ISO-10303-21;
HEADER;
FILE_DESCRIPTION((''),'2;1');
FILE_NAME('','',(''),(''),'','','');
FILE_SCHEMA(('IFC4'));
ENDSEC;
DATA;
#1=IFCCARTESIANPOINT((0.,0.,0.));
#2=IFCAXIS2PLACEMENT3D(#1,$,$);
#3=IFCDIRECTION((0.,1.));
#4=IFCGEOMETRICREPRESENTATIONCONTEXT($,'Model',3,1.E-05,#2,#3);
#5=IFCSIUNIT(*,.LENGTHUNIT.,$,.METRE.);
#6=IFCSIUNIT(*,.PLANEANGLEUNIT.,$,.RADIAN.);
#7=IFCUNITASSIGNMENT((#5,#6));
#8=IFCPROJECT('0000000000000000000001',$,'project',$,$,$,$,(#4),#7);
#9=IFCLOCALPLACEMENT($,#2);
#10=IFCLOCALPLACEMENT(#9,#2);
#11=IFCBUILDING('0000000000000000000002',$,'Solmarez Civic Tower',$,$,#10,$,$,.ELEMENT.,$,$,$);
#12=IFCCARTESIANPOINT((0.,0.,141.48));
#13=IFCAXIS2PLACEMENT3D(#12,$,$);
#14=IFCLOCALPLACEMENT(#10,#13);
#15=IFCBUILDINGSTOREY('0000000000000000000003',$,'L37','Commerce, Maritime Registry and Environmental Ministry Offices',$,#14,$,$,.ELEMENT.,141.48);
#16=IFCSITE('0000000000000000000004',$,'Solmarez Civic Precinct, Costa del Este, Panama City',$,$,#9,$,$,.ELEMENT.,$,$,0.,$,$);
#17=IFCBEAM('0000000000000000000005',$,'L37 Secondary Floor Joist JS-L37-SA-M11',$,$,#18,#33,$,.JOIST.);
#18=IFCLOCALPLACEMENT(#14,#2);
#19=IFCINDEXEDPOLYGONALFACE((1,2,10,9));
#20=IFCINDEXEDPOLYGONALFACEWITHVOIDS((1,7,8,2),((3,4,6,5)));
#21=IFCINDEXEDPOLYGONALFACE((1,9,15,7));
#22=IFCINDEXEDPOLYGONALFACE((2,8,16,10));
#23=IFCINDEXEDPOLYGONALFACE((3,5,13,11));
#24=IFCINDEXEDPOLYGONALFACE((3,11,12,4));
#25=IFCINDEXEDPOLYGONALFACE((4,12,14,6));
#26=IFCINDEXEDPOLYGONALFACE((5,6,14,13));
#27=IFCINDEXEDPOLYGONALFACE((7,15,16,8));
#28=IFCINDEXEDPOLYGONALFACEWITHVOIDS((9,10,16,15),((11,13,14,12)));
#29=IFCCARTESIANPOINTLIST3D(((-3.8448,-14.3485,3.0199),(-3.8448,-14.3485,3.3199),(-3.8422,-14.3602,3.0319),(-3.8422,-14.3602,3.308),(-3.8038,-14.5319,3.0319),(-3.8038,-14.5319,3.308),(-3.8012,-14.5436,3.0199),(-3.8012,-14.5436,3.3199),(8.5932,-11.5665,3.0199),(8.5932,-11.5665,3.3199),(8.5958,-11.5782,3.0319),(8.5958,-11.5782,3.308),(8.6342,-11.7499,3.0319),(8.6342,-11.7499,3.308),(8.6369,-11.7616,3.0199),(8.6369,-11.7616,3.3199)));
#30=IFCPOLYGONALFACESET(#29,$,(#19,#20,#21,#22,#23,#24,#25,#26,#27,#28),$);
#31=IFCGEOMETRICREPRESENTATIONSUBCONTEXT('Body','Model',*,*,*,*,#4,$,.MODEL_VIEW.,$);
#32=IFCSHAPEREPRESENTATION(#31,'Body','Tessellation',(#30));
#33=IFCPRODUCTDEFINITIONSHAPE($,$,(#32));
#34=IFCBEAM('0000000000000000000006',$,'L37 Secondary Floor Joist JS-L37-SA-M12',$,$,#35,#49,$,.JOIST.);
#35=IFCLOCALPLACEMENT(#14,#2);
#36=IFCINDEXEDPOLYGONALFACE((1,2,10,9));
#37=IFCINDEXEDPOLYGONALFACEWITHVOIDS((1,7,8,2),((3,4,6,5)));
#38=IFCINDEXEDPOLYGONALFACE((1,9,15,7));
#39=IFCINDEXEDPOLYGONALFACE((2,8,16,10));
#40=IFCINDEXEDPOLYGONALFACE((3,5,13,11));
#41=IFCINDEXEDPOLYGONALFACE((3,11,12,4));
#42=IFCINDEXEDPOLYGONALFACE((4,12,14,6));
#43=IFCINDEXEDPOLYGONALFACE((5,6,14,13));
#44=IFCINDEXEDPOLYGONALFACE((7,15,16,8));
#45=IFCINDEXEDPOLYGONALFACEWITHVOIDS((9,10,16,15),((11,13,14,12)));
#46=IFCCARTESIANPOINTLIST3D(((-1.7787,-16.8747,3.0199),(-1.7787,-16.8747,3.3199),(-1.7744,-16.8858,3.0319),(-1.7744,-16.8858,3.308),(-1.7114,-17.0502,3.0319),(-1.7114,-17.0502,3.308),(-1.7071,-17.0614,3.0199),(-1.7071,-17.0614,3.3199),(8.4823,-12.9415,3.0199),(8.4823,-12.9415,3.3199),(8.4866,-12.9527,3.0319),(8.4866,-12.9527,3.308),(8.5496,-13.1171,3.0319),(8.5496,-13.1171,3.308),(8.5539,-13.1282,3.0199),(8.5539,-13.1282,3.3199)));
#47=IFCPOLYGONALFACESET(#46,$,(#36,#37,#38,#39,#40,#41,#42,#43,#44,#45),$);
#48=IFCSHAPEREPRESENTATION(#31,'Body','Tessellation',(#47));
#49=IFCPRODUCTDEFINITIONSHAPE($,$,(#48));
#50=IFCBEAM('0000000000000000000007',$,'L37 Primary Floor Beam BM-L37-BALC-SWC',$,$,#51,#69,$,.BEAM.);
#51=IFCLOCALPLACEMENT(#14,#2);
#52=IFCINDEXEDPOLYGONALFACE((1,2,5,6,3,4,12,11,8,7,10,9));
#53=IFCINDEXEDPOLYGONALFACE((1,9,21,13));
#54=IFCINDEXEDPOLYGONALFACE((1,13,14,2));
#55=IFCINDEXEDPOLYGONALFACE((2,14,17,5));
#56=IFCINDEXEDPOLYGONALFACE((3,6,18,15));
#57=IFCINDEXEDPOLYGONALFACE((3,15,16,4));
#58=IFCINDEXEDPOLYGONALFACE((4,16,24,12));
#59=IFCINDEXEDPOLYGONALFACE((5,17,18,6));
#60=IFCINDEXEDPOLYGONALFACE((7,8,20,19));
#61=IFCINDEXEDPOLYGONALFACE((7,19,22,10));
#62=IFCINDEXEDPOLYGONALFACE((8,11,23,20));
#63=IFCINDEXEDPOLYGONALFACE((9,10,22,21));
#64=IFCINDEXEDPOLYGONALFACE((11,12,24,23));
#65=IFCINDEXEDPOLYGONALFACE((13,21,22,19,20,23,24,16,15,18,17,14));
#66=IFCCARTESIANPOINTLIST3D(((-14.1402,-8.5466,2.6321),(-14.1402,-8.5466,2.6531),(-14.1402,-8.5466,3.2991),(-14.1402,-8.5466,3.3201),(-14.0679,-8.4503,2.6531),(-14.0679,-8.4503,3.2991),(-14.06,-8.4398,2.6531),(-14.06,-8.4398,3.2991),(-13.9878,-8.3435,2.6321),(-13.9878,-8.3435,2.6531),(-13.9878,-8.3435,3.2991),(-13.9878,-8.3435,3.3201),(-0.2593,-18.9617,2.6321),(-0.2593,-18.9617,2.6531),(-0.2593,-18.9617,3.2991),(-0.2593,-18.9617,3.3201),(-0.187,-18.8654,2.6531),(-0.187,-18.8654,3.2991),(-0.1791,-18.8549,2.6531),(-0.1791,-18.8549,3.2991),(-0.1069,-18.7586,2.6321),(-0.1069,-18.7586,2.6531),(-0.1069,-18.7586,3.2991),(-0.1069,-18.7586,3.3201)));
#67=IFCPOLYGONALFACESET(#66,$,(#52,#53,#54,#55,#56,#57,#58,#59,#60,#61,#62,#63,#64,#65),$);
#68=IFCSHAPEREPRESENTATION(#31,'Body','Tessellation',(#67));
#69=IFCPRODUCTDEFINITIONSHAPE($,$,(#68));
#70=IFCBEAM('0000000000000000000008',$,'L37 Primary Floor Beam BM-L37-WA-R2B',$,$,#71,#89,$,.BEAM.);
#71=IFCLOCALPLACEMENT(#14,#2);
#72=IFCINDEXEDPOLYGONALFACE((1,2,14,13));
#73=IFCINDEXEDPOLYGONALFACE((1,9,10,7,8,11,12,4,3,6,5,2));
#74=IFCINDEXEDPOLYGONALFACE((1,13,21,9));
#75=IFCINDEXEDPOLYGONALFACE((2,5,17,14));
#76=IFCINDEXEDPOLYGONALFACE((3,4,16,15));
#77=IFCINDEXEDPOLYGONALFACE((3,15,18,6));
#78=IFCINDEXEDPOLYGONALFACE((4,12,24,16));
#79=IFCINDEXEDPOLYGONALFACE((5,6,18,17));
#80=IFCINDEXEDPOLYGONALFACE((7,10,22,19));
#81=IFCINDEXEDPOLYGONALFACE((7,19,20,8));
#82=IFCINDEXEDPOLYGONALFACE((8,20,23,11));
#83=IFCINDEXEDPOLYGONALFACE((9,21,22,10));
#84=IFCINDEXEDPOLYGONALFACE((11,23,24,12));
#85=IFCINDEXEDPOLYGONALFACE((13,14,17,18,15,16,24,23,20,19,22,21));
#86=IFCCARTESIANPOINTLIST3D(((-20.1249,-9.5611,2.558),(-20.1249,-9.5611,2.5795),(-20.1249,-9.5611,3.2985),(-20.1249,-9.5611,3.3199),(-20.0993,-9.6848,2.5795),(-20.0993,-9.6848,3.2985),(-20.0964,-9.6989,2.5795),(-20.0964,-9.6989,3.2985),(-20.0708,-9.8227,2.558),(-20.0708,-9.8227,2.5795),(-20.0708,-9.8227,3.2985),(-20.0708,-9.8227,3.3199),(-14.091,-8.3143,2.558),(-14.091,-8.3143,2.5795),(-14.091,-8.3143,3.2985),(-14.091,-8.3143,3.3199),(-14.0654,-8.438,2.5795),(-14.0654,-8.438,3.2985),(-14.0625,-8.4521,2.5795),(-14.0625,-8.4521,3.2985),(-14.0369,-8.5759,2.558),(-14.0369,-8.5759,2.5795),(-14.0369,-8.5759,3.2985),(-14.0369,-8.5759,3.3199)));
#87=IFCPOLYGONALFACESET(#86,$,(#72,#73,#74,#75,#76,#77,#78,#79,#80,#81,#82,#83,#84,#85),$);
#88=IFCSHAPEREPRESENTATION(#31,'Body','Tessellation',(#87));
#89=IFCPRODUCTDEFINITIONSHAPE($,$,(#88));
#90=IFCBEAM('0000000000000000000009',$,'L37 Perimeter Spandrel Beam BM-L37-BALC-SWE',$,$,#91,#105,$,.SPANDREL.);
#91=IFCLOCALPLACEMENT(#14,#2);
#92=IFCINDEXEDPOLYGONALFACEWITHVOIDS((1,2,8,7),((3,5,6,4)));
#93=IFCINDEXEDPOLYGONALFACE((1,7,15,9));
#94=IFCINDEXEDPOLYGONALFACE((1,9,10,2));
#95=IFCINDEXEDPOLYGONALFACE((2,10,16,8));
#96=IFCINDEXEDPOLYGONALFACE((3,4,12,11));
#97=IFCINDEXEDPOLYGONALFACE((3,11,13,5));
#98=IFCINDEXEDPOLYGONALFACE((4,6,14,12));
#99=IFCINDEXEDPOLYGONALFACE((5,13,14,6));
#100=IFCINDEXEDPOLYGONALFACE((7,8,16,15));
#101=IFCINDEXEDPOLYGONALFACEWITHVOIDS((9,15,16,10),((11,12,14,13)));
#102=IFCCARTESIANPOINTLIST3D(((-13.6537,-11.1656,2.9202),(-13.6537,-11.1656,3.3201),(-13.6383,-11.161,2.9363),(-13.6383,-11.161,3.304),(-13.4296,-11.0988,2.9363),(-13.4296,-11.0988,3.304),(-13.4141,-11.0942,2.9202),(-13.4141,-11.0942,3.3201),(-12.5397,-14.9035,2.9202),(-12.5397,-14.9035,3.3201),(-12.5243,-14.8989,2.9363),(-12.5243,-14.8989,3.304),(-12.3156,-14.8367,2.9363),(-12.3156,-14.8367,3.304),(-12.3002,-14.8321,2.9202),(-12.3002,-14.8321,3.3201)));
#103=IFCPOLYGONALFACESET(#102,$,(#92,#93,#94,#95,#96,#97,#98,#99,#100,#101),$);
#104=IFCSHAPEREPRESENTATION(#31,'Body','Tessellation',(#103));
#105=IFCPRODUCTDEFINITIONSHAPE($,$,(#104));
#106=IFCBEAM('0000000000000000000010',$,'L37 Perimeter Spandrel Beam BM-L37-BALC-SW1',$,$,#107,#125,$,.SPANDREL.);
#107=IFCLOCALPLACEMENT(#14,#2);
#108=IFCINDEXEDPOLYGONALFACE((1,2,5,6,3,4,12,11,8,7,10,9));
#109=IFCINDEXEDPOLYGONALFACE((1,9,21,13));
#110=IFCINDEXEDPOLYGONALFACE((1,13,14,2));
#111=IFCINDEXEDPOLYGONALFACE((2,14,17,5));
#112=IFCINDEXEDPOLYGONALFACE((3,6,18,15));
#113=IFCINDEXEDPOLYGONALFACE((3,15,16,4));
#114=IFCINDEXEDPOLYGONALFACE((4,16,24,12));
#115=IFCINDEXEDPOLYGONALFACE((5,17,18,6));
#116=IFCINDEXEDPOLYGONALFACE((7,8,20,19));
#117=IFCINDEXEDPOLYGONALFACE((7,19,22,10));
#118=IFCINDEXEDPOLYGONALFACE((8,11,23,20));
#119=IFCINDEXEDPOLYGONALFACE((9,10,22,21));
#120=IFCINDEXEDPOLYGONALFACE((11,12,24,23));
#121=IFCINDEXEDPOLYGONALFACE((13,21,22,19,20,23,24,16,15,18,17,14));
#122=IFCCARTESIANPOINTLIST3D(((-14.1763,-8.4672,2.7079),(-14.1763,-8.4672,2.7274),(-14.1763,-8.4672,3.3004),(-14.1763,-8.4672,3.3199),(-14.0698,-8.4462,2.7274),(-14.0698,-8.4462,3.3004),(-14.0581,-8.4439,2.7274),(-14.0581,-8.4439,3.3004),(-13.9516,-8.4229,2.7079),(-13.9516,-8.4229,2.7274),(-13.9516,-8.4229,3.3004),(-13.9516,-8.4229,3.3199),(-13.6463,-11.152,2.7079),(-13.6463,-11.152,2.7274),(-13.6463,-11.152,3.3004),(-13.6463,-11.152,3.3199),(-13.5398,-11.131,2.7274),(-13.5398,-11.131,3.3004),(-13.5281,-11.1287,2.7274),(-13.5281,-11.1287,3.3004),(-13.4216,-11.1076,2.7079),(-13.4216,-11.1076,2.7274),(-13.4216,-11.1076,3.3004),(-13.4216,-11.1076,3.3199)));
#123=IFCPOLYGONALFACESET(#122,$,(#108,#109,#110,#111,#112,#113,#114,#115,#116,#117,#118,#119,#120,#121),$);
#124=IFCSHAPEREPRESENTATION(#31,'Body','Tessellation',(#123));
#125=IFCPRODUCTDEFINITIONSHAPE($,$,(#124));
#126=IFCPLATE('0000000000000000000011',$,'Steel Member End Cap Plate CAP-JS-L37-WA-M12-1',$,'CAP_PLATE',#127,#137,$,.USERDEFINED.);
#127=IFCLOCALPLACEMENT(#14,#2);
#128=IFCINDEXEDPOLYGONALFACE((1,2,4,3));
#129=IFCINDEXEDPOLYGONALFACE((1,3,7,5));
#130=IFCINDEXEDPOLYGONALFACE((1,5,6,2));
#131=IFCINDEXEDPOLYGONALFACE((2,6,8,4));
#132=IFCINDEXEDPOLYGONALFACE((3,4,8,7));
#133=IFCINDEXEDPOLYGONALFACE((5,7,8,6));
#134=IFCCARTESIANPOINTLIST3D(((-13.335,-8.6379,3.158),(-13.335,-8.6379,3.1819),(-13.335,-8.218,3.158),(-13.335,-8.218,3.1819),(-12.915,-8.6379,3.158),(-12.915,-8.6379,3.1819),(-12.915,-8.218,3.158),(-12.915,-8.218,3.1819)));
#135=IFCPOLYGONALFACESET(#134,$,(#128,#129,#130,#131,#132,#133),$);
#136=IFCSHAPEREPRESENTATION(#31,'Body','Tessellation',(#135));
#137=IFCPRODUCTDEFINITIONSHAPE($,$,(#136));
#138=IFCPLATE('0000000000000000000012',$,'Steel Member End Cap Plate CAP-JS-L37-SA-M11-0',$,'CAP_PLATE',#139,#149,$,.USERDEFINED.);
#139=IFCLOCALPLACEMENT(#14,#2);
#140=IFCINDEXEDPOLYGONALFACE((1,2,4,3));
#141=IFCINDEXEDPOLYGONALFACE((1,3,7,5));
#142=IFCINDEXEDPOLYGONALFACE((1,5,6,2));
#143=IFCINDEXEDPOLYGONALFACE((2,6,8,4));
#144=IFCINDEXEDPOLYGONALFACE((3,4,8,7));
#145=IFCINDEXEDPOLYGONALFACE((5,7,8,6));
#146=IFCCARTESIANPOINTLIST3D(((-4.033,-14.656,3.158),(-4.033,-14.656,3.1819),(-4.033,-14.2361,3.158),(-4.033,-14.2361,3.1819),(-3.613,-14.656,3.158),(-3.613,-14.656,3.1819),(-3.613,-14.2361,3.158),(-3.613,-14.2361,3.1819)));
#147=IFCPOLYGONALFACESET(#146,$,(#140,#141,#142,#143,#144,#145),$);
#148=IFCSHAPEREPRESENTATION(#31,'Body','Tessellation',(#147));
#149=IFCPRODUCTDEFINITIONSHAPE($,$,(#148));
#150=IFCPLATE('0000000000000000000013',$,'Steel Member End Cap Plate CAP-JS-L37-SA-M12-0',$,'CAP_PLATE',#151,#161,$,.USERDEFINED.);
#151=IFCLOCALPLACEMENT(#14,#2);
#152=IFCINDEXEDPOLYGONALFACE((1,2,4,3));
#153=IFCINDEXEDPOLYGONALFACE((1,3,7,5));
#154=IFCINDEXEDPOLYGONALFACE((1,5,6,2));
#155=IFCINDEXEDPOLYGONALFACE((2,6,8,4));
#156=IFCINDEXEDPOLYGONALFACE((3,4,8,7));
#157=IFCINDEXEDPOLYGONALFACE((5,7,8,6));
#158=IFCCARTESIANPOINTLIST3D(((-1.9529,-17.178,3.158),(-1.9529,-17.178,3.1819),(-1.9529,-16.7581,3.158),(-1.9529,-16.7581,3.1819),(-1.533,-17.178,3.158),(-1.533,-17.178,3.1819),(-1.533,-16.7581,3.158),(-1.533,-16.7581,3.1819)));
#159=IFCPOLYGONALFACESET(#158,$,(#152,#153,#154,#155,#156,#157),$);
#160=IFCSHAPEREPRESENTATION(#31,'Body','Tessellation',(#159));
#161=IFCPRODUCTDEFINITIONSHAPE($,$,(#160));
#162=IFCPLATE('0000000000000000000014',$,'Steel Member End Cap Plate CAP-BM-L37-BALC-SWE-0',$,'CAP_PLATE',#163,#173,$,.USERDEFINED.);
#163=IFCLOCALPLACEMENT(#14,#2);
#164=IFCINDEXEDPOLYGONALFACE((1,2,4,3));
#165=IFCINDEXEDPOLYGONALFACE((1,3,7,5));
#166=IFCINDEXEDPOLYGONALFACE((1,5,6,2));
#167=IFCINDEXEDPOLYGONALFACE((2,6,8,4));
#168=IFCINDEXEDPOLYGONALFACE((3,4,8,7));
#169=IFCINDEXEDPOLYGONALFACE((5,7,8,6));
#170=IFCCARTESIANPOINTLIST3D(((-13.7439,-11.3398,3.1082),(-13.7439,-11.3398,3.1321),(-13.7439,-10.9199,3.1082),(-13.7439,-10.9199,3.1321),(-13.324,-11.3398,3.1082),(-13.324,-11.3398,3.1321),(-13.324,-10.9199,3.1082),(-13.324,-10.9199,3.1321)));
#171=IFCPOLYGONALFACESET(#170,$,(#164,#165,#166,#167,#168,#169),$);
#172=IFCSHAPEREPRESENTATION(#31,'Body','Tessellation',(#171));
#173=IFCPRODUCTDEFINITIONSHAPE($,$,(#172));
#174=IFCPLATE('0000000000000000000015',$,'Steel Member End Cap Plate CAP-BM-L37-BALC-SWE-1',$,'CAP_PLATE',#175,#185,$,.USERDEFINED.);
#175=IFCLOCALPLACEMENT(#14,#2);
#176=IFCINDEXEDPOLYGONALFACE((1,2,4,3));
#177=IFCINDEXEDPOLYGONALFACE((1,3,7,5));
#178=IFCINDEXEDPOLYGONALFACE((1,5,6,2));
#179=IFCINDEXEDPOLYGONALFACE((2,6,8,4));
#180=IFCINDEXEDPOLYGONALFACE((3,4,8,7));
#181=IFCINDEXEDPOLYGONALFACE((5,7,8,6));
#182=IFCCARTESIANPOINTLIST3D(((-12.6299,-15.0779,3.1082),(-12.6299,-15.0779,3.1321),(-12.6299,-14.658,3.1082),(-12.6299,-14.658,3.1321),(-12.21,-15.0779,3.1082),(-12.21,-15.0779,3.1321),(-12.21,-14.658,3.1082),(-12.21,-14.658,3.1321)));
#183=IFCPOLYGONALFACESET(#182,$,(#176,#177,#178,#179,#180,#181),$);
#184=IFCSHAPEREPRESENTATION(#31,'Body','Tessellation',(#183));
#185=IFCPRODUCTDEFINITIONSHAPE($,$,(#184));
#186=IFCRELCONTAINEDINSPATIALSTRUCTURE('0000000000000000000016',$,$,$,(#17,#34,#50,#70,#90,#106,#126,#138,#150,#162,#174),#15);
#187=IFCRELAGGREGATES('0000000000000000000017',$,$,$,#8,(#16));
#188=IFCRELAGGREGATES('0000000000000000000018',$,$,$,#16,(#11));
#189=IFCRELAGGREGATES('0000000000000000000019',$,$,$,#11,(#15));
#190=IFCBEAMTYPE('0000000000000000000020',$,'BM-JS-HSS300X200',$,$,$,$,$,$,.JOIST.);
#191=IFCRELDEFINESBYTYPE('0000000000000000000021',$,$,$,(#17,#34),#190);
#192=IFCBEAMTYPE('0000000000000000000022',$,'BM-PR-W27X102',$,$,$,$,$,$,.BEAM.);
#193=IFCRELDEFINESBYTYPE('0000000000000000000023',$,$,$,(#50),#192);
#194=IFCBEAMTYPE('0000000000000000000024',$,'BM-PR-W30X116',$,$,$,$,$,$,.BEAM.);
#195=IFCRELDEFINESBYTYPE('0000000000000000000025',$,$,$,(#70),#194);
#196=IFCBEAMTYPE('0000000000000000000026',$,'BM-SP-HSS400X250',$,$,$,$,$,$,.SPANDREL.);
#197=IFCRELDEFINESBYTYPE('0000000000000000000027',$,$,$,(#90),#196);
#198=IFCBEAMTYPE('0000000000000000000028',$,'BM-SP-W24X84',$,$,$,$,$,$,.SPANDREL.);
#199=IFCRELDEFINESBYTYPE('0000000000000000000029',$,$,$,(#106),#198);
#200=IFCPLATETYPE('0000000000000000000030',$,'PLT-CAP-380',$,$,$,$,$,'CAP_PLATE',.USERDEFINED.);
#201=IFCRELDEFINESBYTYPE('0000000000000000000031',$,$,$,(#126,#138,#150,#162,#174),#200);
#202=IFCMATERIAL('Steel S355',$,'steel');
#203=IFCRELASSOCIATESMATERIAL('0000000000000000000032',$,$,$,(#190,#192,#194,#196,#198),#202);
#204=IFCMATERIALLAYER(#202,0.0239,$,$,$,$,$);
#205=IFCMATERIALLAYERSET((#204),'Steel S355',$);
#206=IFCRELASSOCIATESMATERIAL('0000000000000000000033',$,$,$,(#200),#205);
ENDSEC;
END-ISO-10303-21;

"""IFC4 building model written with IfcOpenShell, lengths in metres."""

from ifc_helpers import new_model, si_unit, direction, frame, origin, origin_2d, place, context, subcontext, project, spatial, rectangle, hollow_rectangle, i_section, extrude, material, layer, layer_set, material_profile, profile_set, type_object, element, save


model = new_model("IFC4")

# Units and contexts
model_context = context("Model", 3, precision=1e-05, world=origin(), true_north=direction((0.0, 1.0)))
body_context = subcontext(model_context, "Body", "Model", "MODEL_VIEW")
ifc_project = project(units=[si_unit("LENGTHUNIT", "METRE"), si_unit("PLANEANGLEUNIT", "RADIAN")], contexts=[model_context])

# Site, building, storey
site_placement = place(None, origin())
site = spatial("IfcSite", under=ifc_project, at=site_placement, Name="Solmarez Civic Precinct, Costa del Este, Panama City", CompositionType="ELEMENT", RefElevation=0.0)
building_placement = place(site_placement, origin())
building = spatial("IfcBuilding", under=site, at=building_placement, Name="Solmarez Civic Tower", CompositionType="ELEMENT")
storey_placement = place(building_placement, frame((0.0, 0.0, 141.48)))
storey = spatial("IfcBuildingStorey", under=building, at=storey_placement, Name="L37", Description="Commerce, Maritime Registry and Environmental Ministry Offices", CompositionType="ELEMENT", Elevation=141.48)

# Beams
ifc_material_1 = material(Name="Steel S355", Category="steel")
ifc_material_profile_1 = material_profile(ifc_material_1, hollow_rectangle(XDim=0.2, YDim=0.3, WallThickness=0.012, at=origin_2d()), Name="HSS300X200X12")
ifc_profile_set_1 = profile_set([ifc_material_profile_1], Name="Steel S355")
beam_type_1 = type_object("IfcBeamType", Name="BM-JS-HSS300X200", PredefinedType="JOIST", material=ifc_profile_set_1)
beam_1_placement = place(storey_placement, frame((-3.823, -14.446, 3.1699), z_axis=(0.975887, 0.218275, 0.0), x_axis=(-0.218275, 0.975887, 0.0)))
element("IfcBeam", 1, at=beam_1_placement, inside=storey, type_object=beam_type_1, Name="L37 Secondary Floor Joist JS-L37-SA-M11", PredefinedType="JOIST", context=body_context, shape_type="SweptSolid", body=[
    extrude(hollow_rectangle(XDim=0.2, YDim=0.3, WallThickness=0.012, at=origin_2d()), origin(), (0.0, 0.0, 1.0), 12.7454),
])
beam_2_placement = place(storey_placement, frame((-1.7429, -16.968, 3.1699), z_axis=(0.933754, 0.357914, 0.0), x_axis=(-0.357914, 0.933754, 0.0)))
element("IfcBeam", 2, at=beam_2_placement, inside=storey, type_object=beam_type_1, Name="L37 Secondary Floor Joist JS-L37-SA-M12", PredefinedType="JOIST", context=body_context, shape_type="SweptSolid", body=[
    extrude(hollow_rectangle(XDim=0.2, YDim=0.3, WallThickness=0.012, at=origin_2d()), origin(), (0.0, 0.0, 1.0), 10.989),
])
ifc_material_profile_2 = material_profile(ifc_material_1, i_section(OverallWidth=0.2539, OverallDepth=0.688, WebThickness=0.0132, FlangeThickness=0.021, at=origin_2d()), Name="W27X102")
ifc_profile_set_2 = profile_set([ifc_material_profile_2], Name="Steel S355")
beam_type_2 = type_object("IfcBeamType", Name="BM-PR-W27X102", PredefinedType="BEAM", material=ifc_profile_set_2)
beam_3_placement = place(storey_placement, frame((-14.064, -8.4451, 2.9761), z_axis=(0.799878, -0.600162, 0.0), x_axis=(0.600162, 0.799878, 0.0)))
element("IfcBeam", 3, at=beam_3_placement, inside=storey, type_object=beam_type_2, Name="L37 Primary Floor Beam BM-L37-BALC-SWC", PredefinedType="BEAM", context=body_context, shape_type="SweptSolid", body=[
    extrude(i_section(OverallWidth=0.2539, OverallDepth=0.688, WebThickness=0.0132, FlangeThickness=0.021, at=origin_2d()), origin(), (0.0, 0.0, 1.0), 17.3538),
])
ifc_material_profile_3 = material_profile(ifc_material_1, i_section(OverallWidth=0.2671, OverallDepth=0.762, WebThickness=0.0144, FlangeThickness=0.0215, at=origin_2d()), Name="W30X116")
ifc_profile_set_3 = profile_set([ifc_material_profile_3], Name="Steel S355")
beam_type_3 = type_object("IfcBeamType", Name="BM-PR-W30X116", PredefinedType="BEAM", material=ifc_profile_set_3)
beam_4_placement = place(storey_placement, frame((-14.064, -8.4451, 2.939), z_axis=(-0.979311, -0.202361, 0.0), x_axis=(0.202361, -0.979311, 0.0)))
element("IfcBeam", 4, at=beam_4_placement, inside=storey, type_object=beam_type_3, Name="L37 Primary Floor Beam BM-L37-WA-R2B", PredefinedType="BEAM", context=body_context, shape_type="SweptSolid", body=[
    extrude(i_section(OverallWidth=0.2671, OverallDepth=0.762, WebThickness=0.0144, FlangeThickness=0.0215, at=origin_2d()), origin(), (0.0, 0.0, 1.0), 6.1614),
])
ifc_material_profile_4 = material_profile(ifc_material_1, hollow_rectangle(XDim=0.25, YDim=0.3999, WallThickness=0.0161, at=origin_2d()), Name="HSS400X250X16")
ifc_profile_set_4 = profile_set([ifc_material_profile_4], Name="Steel S355")
beam_type_4 = type_object("IfcBeamType", Name="BM-SP-HSS400X250", PredefinedType="SPANDREL", material=ifc_profile_set_4)
beam_5_placement = place(storey_placement, frame((-13.5339, -11.1299, 3.1201), z_axis=(0.285607, -0.958347, 0.0), x_axis=(0.958347, 0.285607, 0.0)))
element("IfcBeam", 5, at=beam_5_placement, inside=storey, type_object=beam_type_4, Name="L37 Perimeter Spandrel Beam BM-L37-BALC-SWE", PredefinedType="SPANDREL", context=body_context, shape_type="SweptSolid", body=[
    extrude(hollow_rectangle(XDim=0.25, YDim=0.3999, WallThickness=0.0161, at=origin_2d()), origin(), (0.0, 0.0, 1.0), 3.9004),
])
ifc_material_profile_5 = material_profile(ifc_material_1, i_section(OverallWidth=0.229, OverallDepth=0.6121, WebThickness=0.012, FlangeThickness=0.0195, at=origin_2d()), Name="W24X84")
ifc_profile_set_5 = profile_set([ifc_material_profile_5], Name="Steel S355")
beam_type_5 = type_object("IfcBeamType", Name="BM-SP-W24X84", PredefinedType="SPANDREL", material=ifc_profile_set_5)
beam_6_placement = place(storey_placement, frame((-14.064, -8.4451, 3.0139), z_axis=(0.193679, -0.981065, 0.0), x_axis=(0.981065, 0.193679, 0.0)))
element("IfcBeam", 6, at=beam_6_placement, inside=storey, type_object=beam_type_5, Name="L37 Perimeter Spandrel Beam BM-L37-BALC-SW1", PredefinedType="SPANDREL", context=body_context, shape_type="SweptSolid", body=[
    extrude(i_section(OverallWidth=0.229, OverallDepth=0.6121, WebThickness=0.012, FlangeThickness=0.0195, at=origin_2d()), origin(), (0.0, 0.0, 1.0), 2.7366),
])

# Plates
ifc_layer_1 = layer(ifc_material_1, 0.0239)
ifc_layer_set_1 = layer_set([ifc_layer_1], Name="Steel S355")
plate_type = type_object("IfcPlateType", Name="PLT-CAP-380", ElementType="CAP_PLATE", PredefinedType="USERDEFINED", material=ifc_layer_set_1)
for number, where, z_axis, x_axis, name in (
    (7, (-13.125, -8.428, 3.158), (0.0, 0.0, 1.0), (1.0, 0.0, 0.0), "Steel Member End Cap Plate CAP-JS-L37-WA-M12-1"),
    (8, (-3.823, -14.446, 3.158), (0.0, 0.0, 1.0), (1.0, 0.0, 0.0), "Steel Member End Cap Plate CAP-JS-L37-SA-M11-0"),
    (9, (-1.7429, -16.968, 3.158), (0.0, 0.0, 1.0), (1.0, 0.0, 0.0), "Steel Member End Cap Plate CAP-JS-L37-SA-M12-0"),
    (10, (-13.5339, -11.1299, 3.1082), (0.0, 0.0, 1.0), (1.0, 0.0, 0.0), "Steel Member End Cap Plate CAP-BM-L37-BALC-SWE-0"),
    (11, (-12.4199, -14.8679, 3.1082), (0.0, 0.0, 1.0), (1.0, 0.0, 0.0), "Steel Member End Cap Plate CAP-BM-L37-BALC-SWE-1"),
):
    element("IfcPlate", number, at=place(storey_placement, frame(where, z_axis=z_axis, x_axis=x_axis)), inside=storey, type_object=plate_type, Name=name, ObjectType="CAP_PLATE", PredefinedType="USERDEFINED", context=body_context, shape_type="SweptSolid", body=[
        extrude(rectangle(XDim=0.4199, YDim=0.4199, at=origin_2d()), origin(), (0.0, 0.0, 1.0), 0.0239),
    ])

save(model, "model.ifc")
